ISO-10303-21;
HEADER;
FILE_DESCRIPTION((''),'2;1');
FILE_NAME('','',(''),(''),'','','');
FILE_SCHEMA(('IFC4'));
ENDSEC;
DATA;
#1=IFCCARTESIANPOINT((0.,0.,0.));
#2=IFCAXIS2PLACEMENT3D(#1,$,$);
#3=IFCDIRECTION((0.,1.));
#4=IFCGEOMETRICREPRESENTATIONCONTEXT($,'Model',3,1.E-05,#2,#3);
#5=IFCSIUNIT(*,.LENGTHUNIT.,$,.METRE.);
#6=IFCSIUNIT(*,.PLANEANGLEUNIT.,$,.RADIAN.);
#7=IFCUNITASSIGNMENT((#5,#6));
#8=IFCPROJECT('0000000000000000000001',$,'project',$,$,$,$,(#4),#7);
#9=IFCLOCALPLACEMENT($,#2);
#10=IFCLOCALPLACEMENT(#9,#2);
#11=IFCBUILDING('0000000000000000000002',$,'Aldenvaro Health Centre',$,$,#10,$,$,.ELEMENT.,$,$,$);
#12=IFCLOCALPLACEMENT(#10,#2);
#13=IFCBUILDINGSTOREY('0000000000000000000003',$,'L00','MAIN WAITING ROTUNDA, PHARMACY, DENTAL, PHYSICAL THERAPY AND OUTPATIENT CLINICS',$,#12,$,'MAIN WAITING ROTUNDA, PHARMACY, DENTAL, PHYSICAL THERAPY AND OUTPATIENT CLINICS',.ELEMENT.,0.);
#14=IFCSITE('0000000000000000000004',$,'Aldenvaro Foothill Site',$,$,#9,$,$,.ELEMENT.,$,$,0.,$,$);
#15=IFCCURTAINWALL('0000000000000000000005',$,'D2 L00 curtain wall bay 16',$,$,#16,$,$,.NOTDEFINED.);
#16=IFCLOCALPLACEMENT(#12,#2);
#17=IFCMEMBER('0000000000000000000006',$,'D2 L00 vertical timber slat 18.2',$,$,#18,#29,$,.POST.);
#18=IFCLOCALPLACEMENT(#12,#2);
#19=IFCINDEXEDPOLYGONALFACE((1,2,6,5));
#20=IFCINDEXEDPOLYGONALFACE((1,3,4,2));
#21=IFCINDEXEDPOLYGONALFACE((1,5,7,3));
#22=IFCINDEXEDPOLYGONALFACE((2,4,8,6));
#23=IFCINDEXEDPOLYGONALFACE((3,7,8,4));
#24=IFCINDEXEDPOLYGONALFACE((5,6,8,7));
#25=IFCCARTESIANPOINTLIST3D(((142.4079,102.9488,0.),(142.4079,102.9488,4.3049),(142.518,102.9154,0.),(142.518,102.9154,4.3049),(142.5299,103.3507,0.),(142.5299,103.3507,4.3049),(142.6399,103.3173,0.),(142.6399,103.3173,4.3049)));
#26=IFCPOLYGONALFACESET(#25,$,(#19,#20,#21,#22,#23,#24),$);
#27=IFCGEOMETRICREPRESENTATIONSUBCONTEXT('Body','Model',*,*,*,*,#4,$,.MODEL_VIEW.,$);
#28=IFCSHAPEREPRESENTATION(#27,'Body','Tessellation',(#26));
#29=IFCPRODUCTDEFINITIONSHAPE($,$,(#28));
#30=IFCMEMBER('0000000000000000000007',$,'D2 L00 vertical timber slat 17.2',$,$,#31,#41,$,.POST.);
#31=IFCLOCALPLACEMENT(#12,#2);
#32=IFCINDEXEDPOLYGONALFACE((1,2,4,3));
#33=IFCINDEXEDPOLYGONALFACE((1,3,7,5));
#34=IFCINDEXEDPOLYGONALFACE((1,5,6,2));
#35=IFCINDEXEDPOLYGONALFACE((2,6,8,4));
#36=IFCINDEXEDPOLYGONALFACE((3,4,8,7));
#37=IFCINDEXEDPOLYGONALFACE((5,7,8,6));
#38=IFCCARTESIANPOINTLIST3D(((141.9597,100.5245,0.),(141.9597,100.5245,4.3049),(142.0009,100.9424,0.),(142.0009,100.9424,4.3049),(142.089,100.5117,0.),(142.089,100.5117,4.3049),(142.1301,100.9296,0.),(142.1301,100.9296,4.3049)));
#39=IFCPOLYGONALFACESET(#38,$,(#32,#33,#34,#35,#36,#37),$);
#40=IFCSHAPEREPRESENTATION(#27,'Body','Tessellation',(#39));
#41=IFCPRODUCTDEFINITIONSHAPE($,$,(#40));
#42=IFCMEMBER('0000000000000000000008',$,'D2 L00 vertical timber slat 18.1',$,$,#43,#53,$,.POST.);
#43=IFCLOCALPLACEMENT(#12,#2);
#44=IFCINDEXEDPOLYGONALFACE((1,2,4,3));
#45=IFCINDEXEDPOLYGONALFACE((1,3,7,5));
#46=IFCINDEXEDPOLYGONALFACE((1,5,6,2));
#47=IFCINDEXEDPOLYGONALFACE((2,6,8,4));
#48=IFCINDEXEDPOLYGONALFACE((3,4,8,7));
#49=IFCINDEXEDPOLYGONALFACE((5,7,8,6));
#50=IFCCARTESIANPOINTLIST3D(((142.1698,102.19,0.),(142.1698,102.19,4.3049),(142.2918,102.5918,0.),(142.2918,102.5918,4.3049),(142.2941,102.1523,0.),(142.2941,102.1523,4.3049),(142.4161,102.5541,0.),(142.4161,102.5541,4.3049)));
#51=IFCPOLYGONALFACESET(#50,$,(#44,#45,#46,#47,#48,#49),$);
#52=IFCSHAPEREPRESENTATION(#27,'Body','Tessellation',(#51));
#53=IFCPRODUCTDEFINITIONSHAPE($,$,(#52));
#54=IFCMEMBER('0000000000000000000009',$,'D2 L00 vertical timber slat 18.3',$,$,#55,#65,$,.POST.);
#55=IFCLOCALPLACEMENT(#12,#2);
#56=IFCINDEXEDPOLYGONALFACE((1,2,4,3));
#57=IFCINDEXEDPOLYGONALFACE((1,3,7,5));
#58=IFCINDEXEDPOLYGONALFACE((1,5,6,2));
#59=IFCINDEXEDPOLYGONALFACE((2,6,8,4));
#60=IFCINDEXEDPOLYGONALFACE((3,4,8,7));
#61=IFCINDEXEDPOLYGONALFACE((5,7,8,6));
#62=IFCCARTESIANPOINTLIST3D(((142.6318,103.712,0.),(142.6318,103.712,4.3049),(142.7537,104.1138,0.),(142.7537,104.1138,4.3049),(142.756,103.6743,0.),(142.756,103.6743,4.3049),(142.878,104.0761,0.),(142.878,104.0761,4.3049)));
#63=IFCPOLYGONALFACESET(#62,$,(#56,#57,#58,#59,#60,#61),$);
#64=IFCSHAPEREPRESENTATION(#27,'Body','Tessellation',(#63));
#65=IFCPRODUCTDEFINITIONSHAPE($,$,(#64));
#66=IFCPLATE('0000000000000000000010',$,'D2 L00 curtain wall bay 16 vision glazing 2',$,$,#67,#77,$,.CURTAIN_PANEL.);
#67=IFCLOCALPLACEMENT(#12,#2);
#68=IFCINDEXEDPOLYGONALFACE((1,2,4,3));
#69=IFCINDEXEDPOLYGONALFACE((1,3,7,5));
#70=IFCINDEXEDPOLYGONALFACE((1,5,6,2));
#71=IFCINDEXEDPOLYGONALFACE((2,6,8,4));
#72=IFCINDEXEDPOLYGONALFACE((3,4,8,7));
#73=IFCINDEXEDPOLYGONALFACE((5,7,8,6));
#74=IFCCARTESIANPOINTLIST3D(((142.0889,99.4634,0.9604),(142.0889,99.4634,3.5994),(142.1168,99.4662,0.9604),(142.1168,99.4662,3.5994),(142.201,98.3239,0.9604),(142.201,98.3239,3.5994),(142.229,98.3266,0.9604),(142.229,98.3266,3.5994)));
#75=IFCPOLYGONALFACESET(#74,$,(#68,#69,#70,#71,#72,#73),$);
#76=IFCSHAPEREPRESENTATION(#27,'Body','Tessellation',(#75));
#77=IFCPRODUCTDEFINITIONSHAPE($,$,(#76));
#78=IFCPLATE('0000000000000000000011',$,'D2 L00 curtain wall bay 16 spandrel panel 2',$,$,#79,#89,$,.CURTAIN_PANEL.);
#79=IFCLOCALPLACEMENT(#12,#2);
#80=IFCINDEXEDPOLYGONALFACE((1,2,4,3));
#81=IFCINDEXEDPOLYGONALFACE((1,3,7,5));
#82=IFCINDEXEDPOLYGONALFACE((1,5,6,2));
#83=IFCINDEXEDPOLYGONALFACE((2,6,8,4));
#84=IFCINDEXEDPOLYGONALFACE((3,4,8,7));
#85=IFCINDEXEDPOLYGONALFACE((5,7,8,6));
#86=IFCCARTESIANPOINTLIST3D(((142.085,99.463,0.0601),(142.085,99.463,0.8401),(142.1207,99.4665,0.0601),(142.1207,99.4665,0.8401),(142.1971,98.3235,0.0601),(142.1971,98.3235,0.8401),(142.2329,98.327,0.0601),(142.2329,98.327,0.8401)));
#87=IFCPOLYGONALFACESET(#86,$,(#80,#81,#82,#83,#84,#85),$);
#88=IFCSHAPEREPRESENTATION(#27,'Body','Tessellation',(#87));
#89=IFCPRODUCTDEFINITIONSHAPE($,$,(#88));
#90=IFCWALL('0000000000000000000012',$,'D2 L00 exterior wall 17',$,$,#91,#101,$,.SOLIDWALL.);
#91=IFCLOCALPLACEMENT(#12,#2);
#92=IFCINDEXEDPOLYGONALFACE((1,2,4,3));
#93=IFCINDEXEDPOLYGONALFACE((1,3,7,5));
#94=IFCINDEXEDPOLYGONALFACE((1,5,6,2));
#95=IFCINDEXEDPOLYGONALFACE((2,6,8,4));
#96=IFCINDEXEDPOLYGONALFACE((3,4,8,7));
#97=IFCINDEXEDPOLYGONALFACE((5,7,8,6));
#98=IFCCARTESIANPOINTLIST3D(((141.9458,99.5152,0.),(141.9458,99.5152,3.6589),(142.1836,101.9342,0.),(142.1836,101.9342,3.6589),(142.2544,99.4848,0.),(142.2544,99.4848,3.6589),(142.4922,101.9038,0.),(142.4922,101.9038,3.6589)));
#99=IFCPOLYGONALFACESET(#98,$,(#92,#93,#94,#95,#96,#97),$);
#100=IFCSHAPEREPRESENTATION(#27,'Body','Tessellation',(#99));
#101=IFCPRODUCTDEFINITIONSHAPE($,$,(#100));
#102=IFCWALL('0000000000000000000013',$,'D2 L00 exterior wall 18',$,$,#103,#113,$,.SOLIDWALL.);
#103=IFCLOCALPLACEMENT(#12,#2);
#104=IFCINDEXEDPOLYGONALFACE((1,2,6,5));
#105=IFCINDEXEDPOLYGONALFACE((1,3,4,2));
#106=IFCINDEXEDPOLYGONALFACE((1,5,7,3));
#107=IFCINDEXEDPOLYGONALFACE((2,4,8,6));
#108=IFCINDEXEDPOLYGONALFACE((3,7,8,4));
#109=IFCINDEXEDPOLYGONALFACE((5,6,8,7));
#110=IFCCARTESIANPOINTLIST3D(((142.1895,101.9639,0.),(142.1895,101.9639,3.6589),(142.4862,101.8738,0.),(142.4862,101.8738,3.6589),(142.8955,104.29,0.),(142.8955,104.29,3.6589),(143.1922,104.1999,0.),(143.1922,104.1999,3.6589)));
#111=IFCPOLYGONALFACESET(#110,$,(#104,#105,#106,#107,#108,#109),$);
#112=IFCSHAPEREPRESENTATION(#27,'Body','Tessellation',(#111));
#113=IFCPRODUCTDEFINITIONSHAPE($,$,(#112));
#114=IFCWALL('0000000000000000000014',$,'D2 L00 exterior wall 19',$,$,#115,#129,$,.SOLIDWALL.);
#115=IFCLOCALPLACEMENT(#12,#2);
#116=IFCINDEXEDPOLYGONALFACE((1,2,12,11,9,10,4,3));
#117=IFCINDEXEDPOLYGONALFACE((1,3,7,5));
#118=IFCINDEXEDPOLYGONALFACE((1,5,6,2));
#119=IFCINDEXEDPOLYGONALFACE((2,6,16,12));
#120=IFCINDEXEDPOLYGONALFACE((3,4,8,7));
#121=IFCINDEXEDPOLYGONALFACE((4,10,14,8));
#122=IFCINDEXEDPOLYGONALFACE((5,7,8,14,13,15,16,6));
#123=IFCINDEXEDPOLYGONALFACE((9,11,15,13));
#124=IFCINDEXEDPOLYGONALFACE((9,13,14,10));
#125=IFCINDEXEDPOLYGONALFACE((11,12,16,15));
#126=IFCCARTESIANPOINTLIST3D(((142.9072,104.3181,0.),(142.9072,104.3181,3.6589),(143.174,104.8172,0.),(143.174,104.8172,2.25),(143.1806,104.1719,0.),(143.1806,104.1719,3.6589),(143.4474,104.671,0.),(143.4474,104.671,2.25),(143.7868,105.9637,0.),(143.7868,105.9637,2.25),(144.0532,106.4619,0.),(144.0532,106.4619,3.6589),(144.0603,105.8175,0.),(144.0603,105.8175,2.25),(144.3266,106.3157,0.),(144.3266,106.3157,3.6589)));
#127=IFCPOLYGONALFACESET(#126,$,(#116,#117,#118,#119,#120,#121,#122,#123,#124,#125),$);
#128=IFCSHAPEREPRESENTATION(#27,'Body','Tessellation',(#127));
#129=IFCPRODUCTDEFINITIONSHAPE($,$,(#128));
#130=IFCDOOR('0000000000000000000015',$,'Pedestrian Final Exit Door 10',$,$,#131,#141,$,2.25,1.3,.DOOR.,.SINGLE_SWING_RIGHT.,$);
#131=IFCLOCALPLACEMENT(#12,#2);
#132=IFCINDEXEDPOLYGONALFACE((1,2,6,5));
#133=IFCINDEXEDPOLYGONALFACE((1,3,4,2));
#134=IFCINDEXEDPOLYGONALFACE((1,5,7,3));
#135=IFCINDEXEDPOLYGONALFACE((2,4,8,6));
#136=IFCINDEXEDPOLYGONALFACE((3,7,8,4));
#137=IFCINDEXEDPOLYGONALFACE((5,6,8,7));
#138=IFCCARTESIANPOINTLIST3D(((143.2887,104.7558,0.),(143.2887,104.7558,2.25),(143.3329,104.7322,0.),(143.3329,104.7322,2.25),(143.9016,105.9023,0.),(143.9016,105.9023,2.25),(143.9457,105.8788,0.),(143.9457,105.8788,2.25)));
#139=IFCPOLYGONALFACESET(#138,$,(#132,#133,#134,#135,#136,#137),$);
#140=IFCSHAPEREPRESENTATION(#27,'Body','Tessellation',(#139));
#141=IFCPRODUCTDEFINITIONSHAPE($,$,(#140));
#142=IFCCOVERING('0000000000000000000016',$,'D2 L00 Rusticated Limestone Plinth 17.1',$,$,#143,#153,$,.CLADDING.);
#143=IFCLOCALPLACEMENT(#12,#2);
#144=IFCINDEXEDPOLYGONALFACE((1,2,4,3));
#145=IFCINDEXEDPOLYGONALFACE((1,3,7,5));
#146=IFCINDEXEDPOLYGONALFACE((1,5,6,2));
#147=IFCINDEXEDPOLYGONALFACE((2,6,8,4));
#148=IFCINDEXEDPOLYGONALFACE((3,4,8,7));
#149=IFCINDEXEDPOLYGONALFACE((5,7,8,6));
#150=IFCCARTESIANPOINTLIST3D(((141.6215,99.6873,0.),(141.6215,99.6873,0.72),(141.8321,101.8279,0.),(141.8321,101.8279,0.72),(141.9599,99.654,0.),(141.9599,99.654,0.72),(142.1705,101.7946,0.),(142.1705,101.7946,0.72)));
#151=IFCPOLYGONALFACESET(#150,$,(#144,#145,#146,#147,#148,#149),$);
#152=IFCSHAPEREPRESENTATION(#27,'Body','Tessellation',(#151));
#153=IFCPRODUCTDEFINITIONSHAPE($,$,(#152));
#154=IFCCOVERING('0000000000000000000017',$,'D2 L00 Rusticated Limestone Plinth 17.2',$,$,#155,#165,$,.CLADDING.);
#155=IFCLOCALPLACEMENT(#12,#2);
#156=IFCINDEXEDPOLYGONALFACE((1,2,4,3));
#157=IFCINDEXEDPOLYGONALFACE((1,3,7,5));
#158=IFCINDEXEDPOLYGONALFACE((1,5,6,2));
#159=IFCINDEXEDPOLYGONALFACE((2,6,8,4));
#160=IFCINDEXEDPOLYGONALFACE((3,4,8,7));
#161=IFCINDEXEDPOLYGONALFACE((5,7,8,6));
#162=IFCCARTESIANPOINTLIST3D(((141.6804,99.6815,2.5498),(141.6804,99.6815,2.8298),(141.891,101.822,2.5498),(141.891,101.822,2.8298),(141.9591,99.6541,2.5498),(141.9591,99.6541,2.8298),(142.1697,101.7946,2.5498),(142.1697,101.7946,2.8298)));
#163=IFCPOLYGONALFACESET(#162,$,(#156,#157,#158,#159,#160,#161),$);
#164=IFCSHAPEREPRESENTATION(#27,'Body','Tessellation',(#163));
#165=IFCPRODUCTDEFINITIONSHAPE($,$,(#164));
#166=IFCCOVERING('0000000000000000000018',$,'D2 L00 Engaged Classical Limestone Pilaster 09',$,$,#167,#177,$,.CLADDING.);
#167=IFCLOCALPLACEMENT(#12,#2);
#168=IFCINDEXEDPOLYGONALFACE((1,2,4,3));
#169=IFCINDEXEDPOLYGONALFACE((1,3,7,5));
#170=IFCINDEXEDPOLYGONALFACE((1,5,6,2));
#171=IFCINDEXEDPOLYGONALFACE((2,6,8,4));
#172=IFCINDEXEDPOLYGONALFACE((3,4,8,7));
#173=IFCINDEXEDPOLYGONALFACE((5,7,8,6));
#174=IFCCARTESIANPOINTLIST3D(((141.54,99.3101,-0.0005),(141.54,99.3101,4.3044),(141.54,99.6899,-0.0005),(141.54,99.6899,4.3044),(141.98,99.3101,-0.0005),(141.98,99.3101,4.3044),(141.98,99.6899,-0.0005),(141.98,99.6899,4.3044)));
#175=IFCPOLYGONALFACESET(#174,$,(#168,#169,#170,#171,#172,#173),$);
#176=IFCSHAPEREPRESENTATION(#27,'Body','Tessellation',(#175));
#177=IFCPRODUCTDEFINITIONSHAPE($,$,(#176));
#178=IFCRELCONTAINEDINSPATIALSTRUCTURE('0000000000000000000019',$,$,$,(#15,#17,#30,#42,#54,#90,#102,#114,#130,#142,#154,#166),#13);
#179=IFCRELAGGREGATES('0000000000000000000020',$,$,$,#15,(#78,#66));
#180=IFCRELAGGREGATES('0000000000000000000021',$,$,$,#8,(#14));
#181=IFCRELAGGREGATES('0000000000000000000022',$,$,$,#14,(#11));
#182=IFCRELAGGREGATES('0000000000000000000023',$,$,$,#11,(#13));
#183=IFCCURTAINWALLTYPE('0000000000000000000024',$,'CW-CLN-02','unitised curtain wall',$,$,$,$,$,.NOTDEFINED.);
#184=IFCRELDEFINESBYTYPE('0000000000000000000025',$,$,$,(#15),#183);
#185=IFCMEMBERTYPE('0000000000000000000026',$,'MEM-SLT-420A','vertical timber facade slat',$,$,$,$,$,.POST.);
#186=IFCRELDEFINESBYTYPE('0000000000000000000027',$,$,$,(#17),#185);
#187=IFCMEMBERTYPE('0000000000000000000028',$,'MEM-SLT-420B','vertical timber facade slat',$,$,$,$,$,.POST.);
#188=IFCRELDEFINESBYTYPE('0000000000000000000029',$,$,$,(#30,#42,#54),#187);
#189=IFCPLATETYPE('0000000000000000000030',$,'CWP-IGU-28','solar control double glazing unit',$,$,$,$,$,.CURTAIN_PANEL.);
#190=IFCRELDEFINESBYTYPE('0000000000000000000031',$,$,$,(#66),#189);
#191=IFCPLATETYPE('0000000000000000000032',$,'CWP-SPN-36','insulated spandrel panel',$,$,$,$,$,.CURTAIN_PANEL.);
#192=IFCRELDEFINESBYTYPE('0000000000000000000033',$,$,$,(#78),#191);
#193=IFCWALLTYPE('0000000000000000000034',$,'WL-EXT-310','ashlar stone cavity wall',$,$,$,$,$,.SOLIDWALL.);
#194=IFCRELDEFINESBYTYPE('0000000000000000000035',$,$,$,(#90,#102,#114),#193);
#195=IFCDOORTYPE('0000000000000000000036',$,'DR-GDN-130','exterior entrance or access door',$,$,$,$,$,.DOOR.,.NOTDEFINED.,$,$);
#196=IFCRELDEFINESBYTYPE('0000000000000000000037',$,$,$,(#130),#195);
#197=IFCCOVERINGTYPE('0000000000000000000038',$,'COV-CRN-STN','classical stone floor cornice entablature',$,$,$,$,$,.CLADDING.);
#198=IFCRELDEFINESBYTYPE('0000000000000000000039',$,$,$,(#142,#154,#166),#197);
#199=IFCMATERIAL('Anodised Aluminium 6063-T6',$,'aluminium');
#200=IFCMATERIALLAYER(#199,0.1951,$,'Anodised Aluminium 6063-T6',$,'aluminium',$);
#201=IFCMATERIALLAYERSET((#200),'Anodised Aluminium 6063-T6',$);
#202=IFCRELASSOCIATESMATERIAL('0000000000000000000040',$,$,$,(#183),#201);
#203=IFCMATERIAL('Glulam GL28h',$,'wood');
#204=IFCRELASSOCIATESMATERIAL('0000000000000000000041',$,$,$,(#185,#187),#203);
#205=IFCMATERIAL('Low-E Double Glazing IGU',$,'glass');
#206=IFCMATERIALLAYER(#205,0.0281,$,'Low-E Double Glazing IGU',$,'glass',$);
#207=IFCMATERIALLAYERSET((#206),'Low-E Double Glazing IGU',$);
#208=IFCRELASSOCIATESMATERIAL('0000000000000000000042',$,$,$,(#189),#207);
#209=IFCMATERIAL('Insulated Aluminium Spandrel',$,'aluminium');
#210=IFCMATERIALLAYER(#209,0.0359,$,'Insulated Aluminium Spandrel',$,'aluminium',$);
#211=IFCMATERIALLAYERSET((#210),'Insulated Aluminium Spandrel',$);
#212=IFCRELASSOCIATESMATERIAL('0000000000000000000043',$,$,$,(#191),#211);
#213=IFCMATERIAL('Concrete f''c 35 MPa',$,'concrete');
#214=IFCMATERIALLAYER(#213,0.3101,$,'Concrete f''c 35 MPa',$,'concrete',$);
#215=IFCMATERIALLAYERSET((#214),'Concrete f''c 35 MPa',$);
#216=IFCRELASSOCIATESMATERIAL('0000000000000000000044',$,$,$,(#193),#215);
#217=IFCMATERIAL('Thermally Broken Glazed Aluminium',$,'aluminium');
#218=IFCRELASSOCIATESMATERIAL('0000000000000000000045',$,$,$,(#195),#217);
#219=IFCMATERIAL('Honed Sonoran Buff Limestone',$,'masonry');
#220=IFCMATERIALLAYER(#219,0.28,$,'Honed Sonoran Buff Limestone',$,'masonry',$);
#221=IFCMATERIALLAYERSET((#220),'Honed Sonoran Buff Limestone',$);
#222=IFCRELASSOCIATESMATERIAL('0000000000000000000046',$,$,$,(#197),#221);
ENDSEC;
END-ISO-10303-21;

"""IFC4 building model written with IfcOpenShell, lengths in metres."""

from ifc_helpers import new_model, si_unit, direction, frame, frame_2d, origin, origin_2d, place, context, subcontext, project, spatial, rectangle, extrude, material, layer, layer_set, material_profile, profile_set, type_object, element, fill, aggregate, save


model = new_model("IFC4")

# Units and contexts
model_context = context("Model", 3, precision=1e-05, world=origin(), true_north=direction((0.0, 1.0)))
body_context = subcontext(model_context, "Body", "Model", "MODEL_VIEW")
ifc_project = project(units=[si_unit("LENGTHUNIT", "METRE"), si_unit("PLANEANGLEUNIT", "RADIAN")], contexts=[model_context])

# Site, building, storey
site_placement = place(None, origin())
site = spatial("IfcSite", under=ifc_project, at=site_placement, Name="Aldenvaro Foothill Site", CompositionType="ELEMENT", RefElevation=0.0)
building_placement = place(site_placement, origin())
building = spatial("IfcBuilding", under=site, at=building_placement, Name="Aldenvaro Health Centre", CompositionType="ELEMENT")
storey_placement = place(building_placement, origin())
storey = spatial("IfcBuildingStorey", under=building, at=storey_placement, Name="L00", Description="MAIN WAITING ROTUNDA, PHARMACY, DENTAL, PHYSICAL THERAPY AND OUTPATIENT CLINICS", LongName="MAIN WAITING ROTUNDA, PHARMACY, DENTAL, PHYSICAL THERAPY AND OUTPATIENT CLINICS", CompositionType="ELEMENT", Elevation=0.0)

# Shared definitions
ifc_material_1 = material(Name="Glulam GL28h", Category="wood")

# Curtain wall
ifc_material_2 = material(Name="Anodised Aluminium 6063-T6", Category="aluminium")
ifc_layer_1 = layer(ifc_material_2, 0.1951, Name="Anodised Aluminium 6063-T6", Category="aluminium")
ifc_layer_set_1 = layer_set([ifc_layer_1], Name="Anodised Aluminium 6063-T6")
curtain_wall_type = type_object("IfcCurtainWallType", Name="CW-CLN-02", Description="unitised curtain wall", PredefinedType="NOTDEFINED", material=ifc_layer_set_1)
curtain_wall_placement = place(storey_placement, origin())
curtain_wall = element("IfcCurtainWall", 1, at=curtain_wall_placement, inside=storey, type_object=curtain_wall_type, Name="D2 L00 curtain wall bay 16", PredefinedType="NOTDEFINED")

# Members
ifc_material_profile_1 = material_profile(ifc_material_1, rectangle(XDim=0.115, YDim=0.4199, at=origin_2d()), Name="GL 115x420", Category="wood")
ifc_profile_set_1 = profile_set([ifc_material_profile_1], Name="Glulam GL28h")
member_type_1 = type_object("IfcMemberType", Name="MEM-SLT-420A", Description="vertical timber facade slat", PredefinedType="POST", material=ifc_profile_set_1)
for number, where, z_axis, x_axis, name in (
    (2, (142.5239, 103.1331, 0.0), (0.0, 0.0, 1.0), (-0.956893, 0.290441, 0.0), "D2 L00 vertical timber slat 18.2"),
):
    element("IfcMember", number, at=place(storey_placement, frame(where, z_axis=z_axis, x_axis=x_axis)), inside=storey, type_object=member_type_1, Name=name, PredefinedType="POST", context=body_context, shape_type="SweptSolid", body=[
        extrude(rectangle(XDim=0.115, YDim=0.4199, at=origin_2d()), origin(), (0.0, 0.0, 1.0), 4.3049),
    ])
ifc_material_profile_2 = material_profile(ifc_material_1, rectangle(XDim=0.1299, YDim=0.4199, at=origin_2d()), Name="GL 130x420", Category="wood")
ifc_profile_set_2 = profile_set([ifc_material_profile_2], Name="Glulam GL28h")
member_type_2 = type_object("IfcMemberType", Name="MEM-SLT-420B", Description="vertical timber facade slat", PredefinedType="POST", material=ifc_profile_set_2)
for number, where, z_axis, x_axis, name in (
    (3, (142.0449, 100.7271, 0.0), (0.0, 0.0, 1.0), (-0.995195, 0.097915, 0.0), "D2 L00 vertical timber slat 17.2"),
    (4, (142.293, 102.3721, 0.0), (0.0, 0.0, 1.0), (-0.956893, 0.290441, 0.0), "D2 L00 vertical timber slat 18.1"),
    (5, (142.7549, 103.894, 0.0), (0.0, 0.0, 1.0), (-0.956893, 0.290441, 0.0), "D2 L00 vertical timber slat 18.3"),
):
    element("IfcMember", number, at=place(storey_placement, frame(where, z_axis=z_axis, x_axis=x_axis)), inside=storey, type_object=member_type_2, Name=name, PredefinedType="POST", context=body_context, shape_type="SweptSolid", body=[
        extrude(rectangle(XDim=0.1299, YDim=0.4199, at=origin_2d()), origin(), (0.0, 0.0, 1.0), 4.3049),
    ])

# Plates
ifc_material_3 = material(Name="Low-E Double Glazing IGU", Category="glass")
ifc_layer_2 = layer(ifc_material_3, 0.0281, Name="Low-E Double Glazing IGU", Category="glass")
ifc_layer_set_2 = layer_set([ifc_layer_2], Name="Low-E Double Glazing IGU")
plate_type_1 = type_object("IfcPlateType", Name="CWP-IGU-28", Description="solar control double glazing unit", PredefinedType="CURTAIN_PANEL", material=ifc_layer_set_2)
plate_1_placement = place(storey_placement, frame((142.1589, 98.895, 0.9604), z_axis=(0.0, 0.0, 1.0), x_axis=(-0.097915, 0.995195, 0.0)))
plate_1 = element("IfcPlate", 6, at=plate_1_placement, type_object=plate_type_1, Name="D2 L00 curtain wall bay 16 vision glazing 2", PredefinedType="CURTAIN_PANEL", context=body_context, shape_type="SweptSolid", body=[
    extrude(rectangle(XDim=1.145, YDim=0.0281, at=origin_2d()), origin(), (0.0, 0.0, 1.0), 2.6389),
])
ifc_material_4 = material(Name="Insulated Aluminium Spandrel", Category="aluminium")
ifc_layer_3 = layer(ifc_material_4, 0.0359, Name="Insulated Aluminium Spandrel", Category="aluminium")
ifc_layer_set_3 = layer_set([ifc_layer_3], Name="Insulated Aluminium Spandrel")
plate_type_2 = type_object("IfcPlateType", Name="CWP-SPN-36", Description="insulated spandrel panel", PredefinedType="CURTAIN_PANEL", material=ifc_layer_set_3)
plate_2_placement = place(storey_placement, frame((142.1589, 98.895, 0.0601), z_axis=(0.0, 0.0, 1.0), x_axis=(-0.097915, 0.995195, 0.0)))
plate_2 = element("IfcPlate", 7, at=plate_2_placement, type_object=plate_type_2, Name="D2 L00 curtain wall bay 16 spandrel panel 2", PredefinedType="CURTAIN_PANEL", context=body_context, shape_type="SweptSolid", body=[
    extrude(rectangle(XDim=1.145, YDim=0.0359, at=origin_2d()), origin(), (0.0, 0.0, 1.0), 0.78),
])
aggregate(curtain_wall, [plate_2, plate_1])

# Walls
ifc_material_5 = material(Name="Concrete f'c 35 MPa", Category="concrete")
ifc_layer_4 = layer(ifc_material_5, 0.3101, Name="Concrete f'c 35 MPa", Category="concrete")
ifc_layer_set_4 = layer_set([ifc_layer_4], Name="Concrete f'c 35 MPa")
wall_type = type_object("IfcWallType", Name="WL-EXT-310", Description="ashlar stone cavity wall", PredefinedType="SOLIDWALL", material=ifc_layer_set_4)
wall_1_placement = place(storey_placement, frame((142.1001, 99.5, 0.0), z_axis=(0.0, 0.0, 1.0), x_axis=(0.097833, 0.995203, 0.0)))
element("IfcWall", 8, at=wall_1_placement, inside=storey, type_object=wall_type, Name="D2 L00 exterior wall 17", PredefinedType="SOLIDWALL", context=body_context, shape_type="SweptSolid", body=[
    extrude(rectangle(XDim=2.4307, YDim=0.3101, at=frame_2d((1.2153, 0.0))), origin(), (0.0, 0.0, 1.0), 3.6589),
])
wall_2_placement = place(storey_placement, frame((142.3379, 101.9189, 0.0), z_axis=(0.0, 0.0, 1.0), x_axis=(0.290442, 0.956893, 0.0)))
element("IfcWall", 9, at=wall_2_placement, inside=storey, type_object=wall_type, Name="D2 L00 exterior wall 18", PredefinedType="SOLIDWALL", context=body_context, shape_type="SweptSolid", body=[
    extrude(rectangle(XDim=2.4309, YDim=0.3101, at=frame_2d((1.2153, 0.0))), origin(), (0.0, 0.0, 1.0), 3.6589),
])

# Wall, opening, door
wall_3_placement = place(storey_placement, frame((143.0439, 104.2451, 0.0), z_axis=(0.0, 0.0, 1.0), x_axis=(0.471432, 0.881902, 0.0)))
wall_3 = element("IfcWall", 10, at=wall_3_placement, inside=storey, type_object=wall_type, Name="D2 L00 exterior wall 19", PredefinedType="SOLIDWALL", context=body_context, shape_type="SweptSolid", body=[
    extrude(rectangle(XDim=2.4309, YDim=0.3101, at=frame_2d((1.2153, 0.0))), origin(), (0.0, 0.0, 1.0), 3.6589),
])
opening_placement = place(wall_3_placement, frame((0.5659, 0.0, 0.0)))
opening = element("IfcOpeningElement", 11, at=opening_placement, cuts=wall_3, PredefinedType="OPENING", context=body_context, shape_type="SweptSolid", body=[
    extrude(rectangle(XDim=1.3, YDim=2.25, at=frame_2d((0.6499, 1.125))), frame((0.0, 0.165, 0.0), z_axis=(0.0, -1.0, 0.0), x_axis=(1.0, 0.0, 0.0)), (0.0, 0.0, 1.0), 0.3301),
])
ifc_material_6 = material(Name="Thermally Broken Glazed Aluminium", Category="aluminium")
door_type = type_object("IfcDoorType", Name="DR-GDN-130", Description="exterior entrance or access door", OperationType="NOTDEFINED", PredefinedType="DOOR", material=ifc_material_6)
door_placement = place(opening_placement, origin())
door = element("IfcDoor", 12, at=door_placement, inside=storey, type_object=door_type, Name="Pedestrian Final Exit Door 10", OperationType="SINGLE_SWING_RIGHT", OverallHeight=2.25, OverallWidth=1.3, PredefinedType="DOOR", context=body_context, shape_type="SweptSolid", body=[
    extrude(rectangle(XDim=1.3, YDim=2.25, at=frame_2d((0.6499, 1.125))), frame((0.0, 0.0249, 0.0), z_axis=(0.0, -1.0, 0.0), x_axis=(1.0, 0.0, 0.0)), (0.0, 0.0, 1.0), 0.05),
])
fill(opening, door)

# Coverings
ifc_material_7 = material(Name="Honed Sonoran Buff Limestone", Category="masonry")
ifc_layer_5 = layer(ifc_material_7, 0.28, Name="Honed Sonoran Buff Limestone", Category="masonry")
ifc_layer_set_5 = layer_set([ifc_layer_5], Name="Honed Sonoran Buff Limestone")
covering_type = type_object("IfcCoveringType", Name="COV-CRN-STN", Description="classical stone floor cornice entablature", PredefinedType="CLADDING", material=ifc_layer_set_5)
covering_1_placement = place(storey_placement, frame((141.896, 100.741, 0.0), z_axis=(0.0, 0.0, 1.0), x_axis=(0.097915, 0.995195, 0.0)))
element("IfcCovering", 13, at=covering_1_placement, inside=storey, type_object=covering_type, Name="D2 L00 Rusticated Limestone Plinth 17.1", PredefinedType="CLADDING", context=body_context, shape_type="SweptSolid", body=[
    extrude(rectangle(XDim=2.1509, YDim=0.3401, at=origin_2d()), origin(), (0.0, 0.0, 1.0), 0.72),
])
covering_2_placement = place(storey_placement, frame((141.925, 100.738, 2.5498), z_axis=(0.0, 0.0, 1.0), x_axis=(0.097915, 0.995195, 0.0)))
element("IfcCovering", 14, at=covering_2_placement, inside=storey, type_object=covering_type, Name="D2 L00 Rusticated Limestone Plinth 17.2", PredefinedType="CLADDING", context=body_context, shape_type="SweptSolid", body=[
    extrude(rectangle(XDim=2.1509, YDim=0.28, at=origin_2d()), origin(), (0.0, 0.0, 1.0), 0.28),
])
covering_3_placement = place(storey_placement, frame((141.76, 99.5, -0.0005), z_axis=(0.0, 0.0, 1.0), x_axis=(-1.0, 0.0, 0.0)))
element("IfcCovering", 15, at=covering_3_placement, inside=storey, type_object=covering_type, Name="D2 L00 Engaged Classical Limestone Pilaster 09", PredefinedType="CLADDING", context=body_context, shape_type="SweptSolid", body=[
    extrude(rectangle(XDim=0.4399, YDim=0.3799, at=origin_2d()), origin(), (0.0, 0.0, 1.0), 4.3049),
])

save(model, "model.ifc")
